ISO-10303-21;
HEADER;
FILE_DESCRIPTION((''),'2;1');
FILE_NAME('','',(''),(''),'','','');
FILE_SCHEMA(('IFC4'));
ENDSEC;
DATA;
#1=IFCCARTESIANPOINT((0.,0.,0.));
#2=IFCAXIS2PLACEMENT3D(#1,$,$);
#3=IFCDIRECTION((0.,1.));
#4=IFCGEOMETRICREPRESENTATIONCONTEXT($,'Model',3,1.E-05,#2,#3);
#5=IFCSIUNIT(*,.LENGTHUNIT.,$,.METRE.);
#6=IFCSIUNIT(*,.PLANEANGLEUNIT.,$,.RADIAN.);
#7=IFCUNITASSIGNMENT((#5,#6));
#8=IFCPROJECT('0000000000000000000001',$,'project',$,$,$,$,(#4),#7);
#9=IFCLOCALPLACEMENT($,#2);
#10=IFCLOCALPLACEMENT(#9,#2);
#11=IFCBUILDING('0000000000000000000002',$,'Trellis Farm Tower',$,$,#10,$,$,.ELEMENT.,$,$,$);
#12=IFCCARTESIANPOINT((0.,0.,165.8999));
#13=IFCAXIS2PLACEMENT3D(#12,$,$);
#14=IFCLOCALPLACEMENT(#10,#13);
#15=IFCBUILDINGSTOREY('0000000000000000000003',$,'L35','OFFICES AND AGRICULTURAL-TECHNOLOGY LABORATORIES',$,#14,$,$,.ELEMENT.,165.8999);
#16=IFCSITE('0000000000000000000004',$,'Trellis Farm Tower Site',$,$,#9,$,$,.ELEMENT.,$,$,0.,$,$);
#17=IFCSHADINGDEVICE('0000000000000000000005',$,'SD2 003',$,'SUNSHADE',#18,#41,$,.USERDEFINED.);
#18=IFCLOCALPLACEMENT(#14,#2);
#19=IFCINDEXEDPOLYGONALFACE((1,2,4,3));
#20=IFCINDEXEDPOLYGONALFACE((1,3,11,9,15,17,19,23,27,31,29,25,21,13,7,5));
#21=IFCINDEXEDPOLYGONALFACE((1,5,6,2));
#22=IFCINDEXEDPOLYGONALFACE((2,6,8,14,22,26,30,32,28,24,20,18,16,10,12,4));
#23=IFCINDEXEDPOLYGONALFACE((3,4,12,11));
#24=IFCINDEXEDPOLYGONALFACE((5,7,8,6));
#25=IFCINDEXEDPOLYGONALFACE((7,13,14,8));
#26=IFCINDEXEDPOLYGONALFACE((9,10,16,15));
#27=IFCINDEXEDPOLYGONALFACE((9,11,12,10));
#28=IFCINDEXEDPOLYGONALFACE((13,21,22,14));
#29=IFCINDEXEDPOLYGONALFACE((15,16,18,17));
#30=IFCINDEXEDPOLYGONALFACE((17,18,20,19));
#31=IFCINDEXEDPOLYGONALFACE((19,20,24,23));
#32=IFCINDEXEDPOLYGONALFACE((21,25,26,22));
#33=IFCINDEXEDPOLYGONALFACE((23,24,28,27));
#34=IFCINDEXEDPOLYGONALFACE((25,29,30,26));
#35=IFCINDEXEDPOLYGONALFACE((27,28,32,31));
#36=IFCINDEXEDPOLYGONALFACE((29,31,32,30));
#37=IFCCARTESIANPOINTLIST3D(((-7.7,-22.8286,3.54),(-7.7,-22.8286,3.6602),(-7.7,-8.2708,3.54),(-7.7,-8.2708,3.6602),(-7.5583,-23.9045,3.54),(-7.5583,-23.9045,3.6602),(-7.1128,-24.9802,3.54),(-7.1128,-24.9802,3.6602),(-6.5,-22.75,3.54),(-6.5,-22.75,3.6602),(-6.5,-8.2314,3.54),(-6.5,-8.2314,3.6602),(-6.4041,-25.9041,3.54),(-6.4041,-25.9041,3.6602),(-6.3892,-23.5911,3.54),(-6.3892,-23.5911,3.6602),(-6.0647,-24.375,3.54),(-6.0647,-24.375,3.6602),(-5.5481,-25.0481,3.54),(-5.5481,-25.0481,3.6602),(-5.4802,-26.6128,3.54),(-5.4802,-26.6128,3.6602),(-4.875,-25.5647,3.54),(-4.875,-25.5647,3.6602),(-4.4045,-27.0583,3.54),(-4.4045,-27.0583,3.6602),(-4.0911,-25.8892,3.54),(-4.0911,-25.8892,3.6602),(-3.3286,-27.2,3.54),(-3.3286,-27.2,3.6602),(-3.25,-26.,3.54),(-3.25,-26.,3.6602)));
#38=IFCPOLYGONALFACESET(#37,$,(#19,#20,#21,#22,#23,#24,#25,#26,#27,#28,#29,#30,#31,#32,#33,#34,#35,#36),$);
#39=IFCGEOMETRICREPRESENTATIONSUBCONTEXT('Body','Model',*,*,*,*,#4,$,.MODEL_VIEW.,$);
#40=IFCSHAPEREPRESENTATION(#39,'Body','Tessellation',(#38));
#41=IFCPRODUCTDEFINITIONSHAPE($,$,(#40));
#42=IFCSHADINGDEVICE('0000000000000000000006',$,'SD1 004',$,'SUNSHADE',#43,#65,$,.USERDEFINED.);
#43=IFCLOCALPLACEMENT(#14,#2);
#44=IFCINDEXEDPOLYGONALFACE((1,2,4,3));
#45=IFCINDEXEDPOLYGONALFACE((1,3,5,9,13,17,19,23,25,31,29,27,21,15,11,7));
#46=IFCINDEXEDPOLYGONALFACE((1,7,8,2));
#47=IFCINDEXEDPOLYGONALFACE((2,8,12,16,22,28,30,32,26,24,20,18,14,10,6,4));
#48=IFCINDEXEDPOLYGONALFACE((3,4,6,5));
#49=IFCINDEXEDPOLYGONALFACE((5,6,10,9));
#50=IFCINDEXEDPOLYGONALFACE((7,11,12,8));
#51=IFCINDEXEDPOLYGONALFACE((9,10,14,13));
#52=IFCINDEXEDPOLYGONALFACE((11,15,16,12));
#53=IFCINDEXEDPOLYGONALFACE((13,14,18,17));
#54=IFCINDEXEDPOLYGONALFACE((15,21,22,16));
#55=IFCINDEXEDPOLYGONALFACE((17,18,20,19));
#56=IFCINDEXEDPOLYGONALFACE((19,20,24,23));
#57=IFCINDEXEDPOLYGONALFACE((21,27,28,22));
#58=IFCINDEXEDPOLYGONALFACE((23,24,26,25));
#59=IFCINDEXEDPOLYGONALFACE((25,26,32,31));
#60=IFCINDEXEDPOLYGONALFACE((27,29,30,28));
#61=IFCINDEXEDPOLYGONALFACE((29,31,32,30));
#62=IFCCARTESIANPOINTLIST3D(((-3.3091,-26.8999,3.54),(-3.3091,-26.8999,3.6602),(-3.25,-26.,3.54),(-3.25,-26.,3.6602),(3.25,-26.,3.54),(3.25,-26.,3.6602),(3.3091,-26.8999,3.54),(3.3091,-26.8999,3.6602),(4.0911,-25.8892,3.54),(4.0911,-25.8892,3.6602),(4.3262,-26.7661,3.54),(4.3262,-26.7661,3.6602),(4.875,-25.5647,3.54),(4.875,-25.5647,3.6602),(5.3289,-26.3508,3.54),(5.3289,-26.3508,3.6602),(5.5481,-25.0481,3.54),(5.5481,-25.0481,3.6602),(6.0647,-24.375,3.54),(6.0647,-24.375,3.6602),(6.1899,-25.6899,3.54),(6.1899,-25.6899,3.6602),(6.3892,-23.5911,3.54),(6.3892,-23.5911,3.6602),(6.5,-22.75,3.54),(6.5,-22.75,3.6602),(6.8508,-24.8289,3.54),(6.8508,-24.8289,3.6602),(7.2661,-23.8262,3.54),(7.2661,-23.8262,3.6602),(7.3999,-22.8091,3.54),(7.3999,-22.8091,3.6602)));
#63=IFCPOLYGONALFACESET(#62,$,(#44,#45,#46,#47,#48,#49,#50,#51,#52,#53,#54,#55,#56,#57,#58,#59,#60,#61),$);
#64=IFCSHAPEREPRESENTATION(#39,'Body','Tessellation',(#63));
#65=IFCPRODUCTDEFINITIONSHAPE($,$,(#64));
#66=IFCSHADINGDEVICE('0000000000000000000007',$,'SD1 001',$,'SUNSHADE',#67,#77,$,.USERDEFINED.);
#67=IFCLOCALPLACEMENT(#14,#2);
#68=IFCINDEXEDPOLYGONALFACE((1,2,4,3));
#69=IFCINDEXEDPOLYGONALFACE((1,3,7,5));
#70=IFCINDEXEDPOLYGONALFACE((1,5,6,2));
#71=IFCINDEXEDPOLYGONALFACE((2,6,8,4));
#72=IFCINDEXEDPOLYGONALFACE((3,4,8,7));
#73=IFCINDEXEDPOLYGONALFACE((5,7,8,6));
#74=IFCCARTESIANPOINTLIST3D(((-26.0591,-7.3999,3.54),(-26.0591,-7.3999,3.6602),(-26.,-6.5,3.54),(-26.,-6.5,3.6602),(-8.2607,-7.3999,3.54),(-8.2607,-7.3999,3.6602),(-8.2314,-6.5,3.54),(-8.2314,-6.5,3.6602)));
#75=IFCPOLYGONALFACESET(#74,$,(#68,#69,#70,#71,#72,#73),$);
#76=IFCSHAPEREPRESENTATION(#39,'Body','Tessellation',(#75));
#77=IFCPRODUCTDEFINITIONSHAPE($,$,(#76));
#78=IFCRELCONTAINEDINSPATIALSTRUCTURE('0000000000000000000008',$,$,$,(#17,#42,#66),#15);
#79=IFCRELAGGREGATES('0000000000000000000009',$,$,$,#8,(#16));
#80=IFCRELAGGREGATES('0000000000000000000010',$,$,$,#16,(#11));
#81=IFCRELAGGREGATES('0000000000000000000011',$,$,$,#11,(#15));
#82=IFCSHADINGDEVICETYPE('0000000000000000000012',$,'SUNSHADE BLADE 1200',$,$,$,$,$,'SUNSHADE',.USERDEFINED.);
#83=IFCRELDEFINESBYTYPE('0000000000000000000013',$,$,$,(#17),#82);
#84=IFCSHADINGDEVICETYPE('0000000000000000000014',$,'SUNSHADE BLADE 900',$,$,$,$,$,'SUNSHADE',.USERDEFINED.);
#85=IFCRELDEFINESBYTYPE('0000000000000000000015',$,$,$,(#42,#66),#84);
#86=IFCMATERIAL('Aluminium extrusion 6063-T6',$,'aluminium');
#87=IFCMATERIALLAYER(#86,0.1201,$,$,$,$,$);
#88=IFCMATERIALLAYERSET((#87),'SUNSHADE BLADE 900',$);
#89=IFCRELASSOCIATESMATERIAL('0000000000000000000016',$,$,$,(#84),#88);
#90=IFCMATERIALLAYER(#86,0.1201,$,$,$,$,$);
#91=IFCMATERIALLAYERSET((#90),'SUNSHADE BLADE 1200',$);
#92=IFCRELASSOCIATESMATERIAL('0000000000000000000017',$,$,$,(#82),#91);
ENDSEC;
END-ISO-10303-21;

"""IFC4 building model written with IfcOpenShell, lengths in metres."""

from ifc_helpers import new_model, si_unit, direction, frame, origin, place, context, subcontext, project, spatial, polyline, outline, extrude, source, transform, mapped, material, layer, layer_set, type_object, element, save


model = new_model("IFC4")

# Units and contexts
model_context = context("Model", 3, precision=1e-05, world=origin(), true_north=direction((0.0, 1.0)))
body_context = subcontext(model_context, "Body", "Model", "MODEL_VIEW")
ifc_project = project(units=[si_unit("LENGTHUNIT", "METRE"), si_unit("PLANEANGLEUNIT", "RADIAN")], contexts=[model_context])

# Site, building, storey
site_placement = place(None, origin())
site = spatial("IfcSite", under=ifc_project, at=site_placement, Name="Trellis Farm Tower Site", CompositionType="ELEMENT", RefElevation=0.0)
building_placement = place(site_placement, origin())
building = spatial("IfcBuilding", under=site, at=building_placement, Name="Trellis Farm Tower", CompositionType="ELEMENT")
storey_placement = place(building_placement, frame((0.0, 0.0, 165.8999)))
storey = spatial("IfcBuildingStorey", under=building, at=storey_placement, Name="L35", Description="OFFICES AND AGRICULTURAL-TECHNOLOGY LABORATORIES", CompositionType="ELEMENT", Elevation=165.8999)

# Shared definitions
ifc_material_1 = material(Name="Aluminium extrusion 6063-T6", Category="aluminium")

# Shading devices
ifc_layer_1 = layer(ifc_material_1, 0.1201)
ifc_layer_set_1 = layer_set([ifc_layer_1], Name="SUNSHADE BLADE 900")
shading_device_type_1 = type_object("IfcShadingDeviceType", Name="SUNSHADE BLADE 900", ElementType="SUNSHADE", PredefinedType="USERDEFINED", material=ifc_layer_set_1)
placement_1 = place(storey_placement, frame((0.0, 0.0, 3.54)))
ifc_layer_2 = layer(ifc_material_1, 0.1201)
ifc_layer_set_2 = layer_set([ifc_layer_2], Name="SUNSHADE BLADE 1200")
shading_device_type_2 = type_object("IfcShadingDeviceType", Name="SUNSHADE BLADE 1200", ElementType="SUNSHADE", PredefinedType="USERDEFINED", material=ifc_layer_set_2)
shared_shape_1 = source(origin(), body_context, "Body", "SweptSolid", [
    extrude(outline(polyline([(-7.7, -8.2708), (-7.7, -22.8286), (-7.5583, -23.9045), (-7.1128, -24.9802), (-6.4041, -25.9041), (-5.4802, -26.6128), (-4.4045, -27.0583), (-3.3286, -27.2), (-3.25, -26.0), (-4.0911, -25.8892), (-4.875, -25.5647), (-5.5481, -25.0481), (-6.0647, -24.375), (-6.3892, -23.5911), (-6.5, -22.75), (-6.5, -8.2314), (-7.7, -8.2708)])), origin(), (0.0, 0.0, 1.0), 0.1201),
])
element("IfcShadingDevice", 1, at=placement_1, inside=storey, type_object=shading_device_type_2, Name="SD2 003", ObjectType="SUNSHADE", PredefinedType="USERDEFINED", context=body_context, shape_type="MappedRepresentation", body=[
    mapped(shared_shape_1, transform((0.0, 0.0, 0.0))),
])
shared_shape_2 = source(origin(), body_context, "Body", "SweptSolid", [
    extrude(outline(polyline([(-3.3091, -26.8999), (3.3091, -26.8999), (4.3262, -26.7661), (5.3289, -26.3508), (6.1899, -25.6899), (6.8508, -24.8289), (7.2661, -23.8262), (7.3999, -22.8091), (6.5, -22.75), (6.3892, -23.5911), (6.0647, -24.375), (5.5481, -25.0481), (4.875, -25.5647), (4.0911, -25.8892), (3.25, -26.0), (-3.25, -26.0), (-3.3091, -26.8999)])), origin(), (0.0, 0.0, 1.0), 0.1201),
])
element("IfcShadingDevice", 2, at=placement_1, inside=storey, type_object=shading_device_type_1, Name="SD1 004", ObjectType="SUNSHADE", PredefinedType="USERDEFINED", context=body_context, shape_type="MappedRepresentation", body=[
    mapped(shared_shape_2, transform((0.0, 0.0, 0.0))),
])
shared_shape_3 = source(origin(), body_context, "Body", "SweptSolid", [
    extrude(outline(polyline([(-26.0591, -7.3999), (-8.2607, -7.3999), (-8.2314, -6.5), (-26.0, -6.5), (-26.0591, -7.3999)])), origin(), (0.0, 0.0, 1.0), 0.1201),
])
element("IfcShadingDevice", 3, at=placement_1, inside=storey, type_object=shading_device_type_1, Name="SD1 001", ObjectType="SUNSHADE", PredefinedType="USERDEFINED", context=body_context, shape_type="MappedRepresentation", body=[
    mapped(shared_shape_3, transform((0.0, 0.0, 0.0))),
])

save(model, "model.ifc")
